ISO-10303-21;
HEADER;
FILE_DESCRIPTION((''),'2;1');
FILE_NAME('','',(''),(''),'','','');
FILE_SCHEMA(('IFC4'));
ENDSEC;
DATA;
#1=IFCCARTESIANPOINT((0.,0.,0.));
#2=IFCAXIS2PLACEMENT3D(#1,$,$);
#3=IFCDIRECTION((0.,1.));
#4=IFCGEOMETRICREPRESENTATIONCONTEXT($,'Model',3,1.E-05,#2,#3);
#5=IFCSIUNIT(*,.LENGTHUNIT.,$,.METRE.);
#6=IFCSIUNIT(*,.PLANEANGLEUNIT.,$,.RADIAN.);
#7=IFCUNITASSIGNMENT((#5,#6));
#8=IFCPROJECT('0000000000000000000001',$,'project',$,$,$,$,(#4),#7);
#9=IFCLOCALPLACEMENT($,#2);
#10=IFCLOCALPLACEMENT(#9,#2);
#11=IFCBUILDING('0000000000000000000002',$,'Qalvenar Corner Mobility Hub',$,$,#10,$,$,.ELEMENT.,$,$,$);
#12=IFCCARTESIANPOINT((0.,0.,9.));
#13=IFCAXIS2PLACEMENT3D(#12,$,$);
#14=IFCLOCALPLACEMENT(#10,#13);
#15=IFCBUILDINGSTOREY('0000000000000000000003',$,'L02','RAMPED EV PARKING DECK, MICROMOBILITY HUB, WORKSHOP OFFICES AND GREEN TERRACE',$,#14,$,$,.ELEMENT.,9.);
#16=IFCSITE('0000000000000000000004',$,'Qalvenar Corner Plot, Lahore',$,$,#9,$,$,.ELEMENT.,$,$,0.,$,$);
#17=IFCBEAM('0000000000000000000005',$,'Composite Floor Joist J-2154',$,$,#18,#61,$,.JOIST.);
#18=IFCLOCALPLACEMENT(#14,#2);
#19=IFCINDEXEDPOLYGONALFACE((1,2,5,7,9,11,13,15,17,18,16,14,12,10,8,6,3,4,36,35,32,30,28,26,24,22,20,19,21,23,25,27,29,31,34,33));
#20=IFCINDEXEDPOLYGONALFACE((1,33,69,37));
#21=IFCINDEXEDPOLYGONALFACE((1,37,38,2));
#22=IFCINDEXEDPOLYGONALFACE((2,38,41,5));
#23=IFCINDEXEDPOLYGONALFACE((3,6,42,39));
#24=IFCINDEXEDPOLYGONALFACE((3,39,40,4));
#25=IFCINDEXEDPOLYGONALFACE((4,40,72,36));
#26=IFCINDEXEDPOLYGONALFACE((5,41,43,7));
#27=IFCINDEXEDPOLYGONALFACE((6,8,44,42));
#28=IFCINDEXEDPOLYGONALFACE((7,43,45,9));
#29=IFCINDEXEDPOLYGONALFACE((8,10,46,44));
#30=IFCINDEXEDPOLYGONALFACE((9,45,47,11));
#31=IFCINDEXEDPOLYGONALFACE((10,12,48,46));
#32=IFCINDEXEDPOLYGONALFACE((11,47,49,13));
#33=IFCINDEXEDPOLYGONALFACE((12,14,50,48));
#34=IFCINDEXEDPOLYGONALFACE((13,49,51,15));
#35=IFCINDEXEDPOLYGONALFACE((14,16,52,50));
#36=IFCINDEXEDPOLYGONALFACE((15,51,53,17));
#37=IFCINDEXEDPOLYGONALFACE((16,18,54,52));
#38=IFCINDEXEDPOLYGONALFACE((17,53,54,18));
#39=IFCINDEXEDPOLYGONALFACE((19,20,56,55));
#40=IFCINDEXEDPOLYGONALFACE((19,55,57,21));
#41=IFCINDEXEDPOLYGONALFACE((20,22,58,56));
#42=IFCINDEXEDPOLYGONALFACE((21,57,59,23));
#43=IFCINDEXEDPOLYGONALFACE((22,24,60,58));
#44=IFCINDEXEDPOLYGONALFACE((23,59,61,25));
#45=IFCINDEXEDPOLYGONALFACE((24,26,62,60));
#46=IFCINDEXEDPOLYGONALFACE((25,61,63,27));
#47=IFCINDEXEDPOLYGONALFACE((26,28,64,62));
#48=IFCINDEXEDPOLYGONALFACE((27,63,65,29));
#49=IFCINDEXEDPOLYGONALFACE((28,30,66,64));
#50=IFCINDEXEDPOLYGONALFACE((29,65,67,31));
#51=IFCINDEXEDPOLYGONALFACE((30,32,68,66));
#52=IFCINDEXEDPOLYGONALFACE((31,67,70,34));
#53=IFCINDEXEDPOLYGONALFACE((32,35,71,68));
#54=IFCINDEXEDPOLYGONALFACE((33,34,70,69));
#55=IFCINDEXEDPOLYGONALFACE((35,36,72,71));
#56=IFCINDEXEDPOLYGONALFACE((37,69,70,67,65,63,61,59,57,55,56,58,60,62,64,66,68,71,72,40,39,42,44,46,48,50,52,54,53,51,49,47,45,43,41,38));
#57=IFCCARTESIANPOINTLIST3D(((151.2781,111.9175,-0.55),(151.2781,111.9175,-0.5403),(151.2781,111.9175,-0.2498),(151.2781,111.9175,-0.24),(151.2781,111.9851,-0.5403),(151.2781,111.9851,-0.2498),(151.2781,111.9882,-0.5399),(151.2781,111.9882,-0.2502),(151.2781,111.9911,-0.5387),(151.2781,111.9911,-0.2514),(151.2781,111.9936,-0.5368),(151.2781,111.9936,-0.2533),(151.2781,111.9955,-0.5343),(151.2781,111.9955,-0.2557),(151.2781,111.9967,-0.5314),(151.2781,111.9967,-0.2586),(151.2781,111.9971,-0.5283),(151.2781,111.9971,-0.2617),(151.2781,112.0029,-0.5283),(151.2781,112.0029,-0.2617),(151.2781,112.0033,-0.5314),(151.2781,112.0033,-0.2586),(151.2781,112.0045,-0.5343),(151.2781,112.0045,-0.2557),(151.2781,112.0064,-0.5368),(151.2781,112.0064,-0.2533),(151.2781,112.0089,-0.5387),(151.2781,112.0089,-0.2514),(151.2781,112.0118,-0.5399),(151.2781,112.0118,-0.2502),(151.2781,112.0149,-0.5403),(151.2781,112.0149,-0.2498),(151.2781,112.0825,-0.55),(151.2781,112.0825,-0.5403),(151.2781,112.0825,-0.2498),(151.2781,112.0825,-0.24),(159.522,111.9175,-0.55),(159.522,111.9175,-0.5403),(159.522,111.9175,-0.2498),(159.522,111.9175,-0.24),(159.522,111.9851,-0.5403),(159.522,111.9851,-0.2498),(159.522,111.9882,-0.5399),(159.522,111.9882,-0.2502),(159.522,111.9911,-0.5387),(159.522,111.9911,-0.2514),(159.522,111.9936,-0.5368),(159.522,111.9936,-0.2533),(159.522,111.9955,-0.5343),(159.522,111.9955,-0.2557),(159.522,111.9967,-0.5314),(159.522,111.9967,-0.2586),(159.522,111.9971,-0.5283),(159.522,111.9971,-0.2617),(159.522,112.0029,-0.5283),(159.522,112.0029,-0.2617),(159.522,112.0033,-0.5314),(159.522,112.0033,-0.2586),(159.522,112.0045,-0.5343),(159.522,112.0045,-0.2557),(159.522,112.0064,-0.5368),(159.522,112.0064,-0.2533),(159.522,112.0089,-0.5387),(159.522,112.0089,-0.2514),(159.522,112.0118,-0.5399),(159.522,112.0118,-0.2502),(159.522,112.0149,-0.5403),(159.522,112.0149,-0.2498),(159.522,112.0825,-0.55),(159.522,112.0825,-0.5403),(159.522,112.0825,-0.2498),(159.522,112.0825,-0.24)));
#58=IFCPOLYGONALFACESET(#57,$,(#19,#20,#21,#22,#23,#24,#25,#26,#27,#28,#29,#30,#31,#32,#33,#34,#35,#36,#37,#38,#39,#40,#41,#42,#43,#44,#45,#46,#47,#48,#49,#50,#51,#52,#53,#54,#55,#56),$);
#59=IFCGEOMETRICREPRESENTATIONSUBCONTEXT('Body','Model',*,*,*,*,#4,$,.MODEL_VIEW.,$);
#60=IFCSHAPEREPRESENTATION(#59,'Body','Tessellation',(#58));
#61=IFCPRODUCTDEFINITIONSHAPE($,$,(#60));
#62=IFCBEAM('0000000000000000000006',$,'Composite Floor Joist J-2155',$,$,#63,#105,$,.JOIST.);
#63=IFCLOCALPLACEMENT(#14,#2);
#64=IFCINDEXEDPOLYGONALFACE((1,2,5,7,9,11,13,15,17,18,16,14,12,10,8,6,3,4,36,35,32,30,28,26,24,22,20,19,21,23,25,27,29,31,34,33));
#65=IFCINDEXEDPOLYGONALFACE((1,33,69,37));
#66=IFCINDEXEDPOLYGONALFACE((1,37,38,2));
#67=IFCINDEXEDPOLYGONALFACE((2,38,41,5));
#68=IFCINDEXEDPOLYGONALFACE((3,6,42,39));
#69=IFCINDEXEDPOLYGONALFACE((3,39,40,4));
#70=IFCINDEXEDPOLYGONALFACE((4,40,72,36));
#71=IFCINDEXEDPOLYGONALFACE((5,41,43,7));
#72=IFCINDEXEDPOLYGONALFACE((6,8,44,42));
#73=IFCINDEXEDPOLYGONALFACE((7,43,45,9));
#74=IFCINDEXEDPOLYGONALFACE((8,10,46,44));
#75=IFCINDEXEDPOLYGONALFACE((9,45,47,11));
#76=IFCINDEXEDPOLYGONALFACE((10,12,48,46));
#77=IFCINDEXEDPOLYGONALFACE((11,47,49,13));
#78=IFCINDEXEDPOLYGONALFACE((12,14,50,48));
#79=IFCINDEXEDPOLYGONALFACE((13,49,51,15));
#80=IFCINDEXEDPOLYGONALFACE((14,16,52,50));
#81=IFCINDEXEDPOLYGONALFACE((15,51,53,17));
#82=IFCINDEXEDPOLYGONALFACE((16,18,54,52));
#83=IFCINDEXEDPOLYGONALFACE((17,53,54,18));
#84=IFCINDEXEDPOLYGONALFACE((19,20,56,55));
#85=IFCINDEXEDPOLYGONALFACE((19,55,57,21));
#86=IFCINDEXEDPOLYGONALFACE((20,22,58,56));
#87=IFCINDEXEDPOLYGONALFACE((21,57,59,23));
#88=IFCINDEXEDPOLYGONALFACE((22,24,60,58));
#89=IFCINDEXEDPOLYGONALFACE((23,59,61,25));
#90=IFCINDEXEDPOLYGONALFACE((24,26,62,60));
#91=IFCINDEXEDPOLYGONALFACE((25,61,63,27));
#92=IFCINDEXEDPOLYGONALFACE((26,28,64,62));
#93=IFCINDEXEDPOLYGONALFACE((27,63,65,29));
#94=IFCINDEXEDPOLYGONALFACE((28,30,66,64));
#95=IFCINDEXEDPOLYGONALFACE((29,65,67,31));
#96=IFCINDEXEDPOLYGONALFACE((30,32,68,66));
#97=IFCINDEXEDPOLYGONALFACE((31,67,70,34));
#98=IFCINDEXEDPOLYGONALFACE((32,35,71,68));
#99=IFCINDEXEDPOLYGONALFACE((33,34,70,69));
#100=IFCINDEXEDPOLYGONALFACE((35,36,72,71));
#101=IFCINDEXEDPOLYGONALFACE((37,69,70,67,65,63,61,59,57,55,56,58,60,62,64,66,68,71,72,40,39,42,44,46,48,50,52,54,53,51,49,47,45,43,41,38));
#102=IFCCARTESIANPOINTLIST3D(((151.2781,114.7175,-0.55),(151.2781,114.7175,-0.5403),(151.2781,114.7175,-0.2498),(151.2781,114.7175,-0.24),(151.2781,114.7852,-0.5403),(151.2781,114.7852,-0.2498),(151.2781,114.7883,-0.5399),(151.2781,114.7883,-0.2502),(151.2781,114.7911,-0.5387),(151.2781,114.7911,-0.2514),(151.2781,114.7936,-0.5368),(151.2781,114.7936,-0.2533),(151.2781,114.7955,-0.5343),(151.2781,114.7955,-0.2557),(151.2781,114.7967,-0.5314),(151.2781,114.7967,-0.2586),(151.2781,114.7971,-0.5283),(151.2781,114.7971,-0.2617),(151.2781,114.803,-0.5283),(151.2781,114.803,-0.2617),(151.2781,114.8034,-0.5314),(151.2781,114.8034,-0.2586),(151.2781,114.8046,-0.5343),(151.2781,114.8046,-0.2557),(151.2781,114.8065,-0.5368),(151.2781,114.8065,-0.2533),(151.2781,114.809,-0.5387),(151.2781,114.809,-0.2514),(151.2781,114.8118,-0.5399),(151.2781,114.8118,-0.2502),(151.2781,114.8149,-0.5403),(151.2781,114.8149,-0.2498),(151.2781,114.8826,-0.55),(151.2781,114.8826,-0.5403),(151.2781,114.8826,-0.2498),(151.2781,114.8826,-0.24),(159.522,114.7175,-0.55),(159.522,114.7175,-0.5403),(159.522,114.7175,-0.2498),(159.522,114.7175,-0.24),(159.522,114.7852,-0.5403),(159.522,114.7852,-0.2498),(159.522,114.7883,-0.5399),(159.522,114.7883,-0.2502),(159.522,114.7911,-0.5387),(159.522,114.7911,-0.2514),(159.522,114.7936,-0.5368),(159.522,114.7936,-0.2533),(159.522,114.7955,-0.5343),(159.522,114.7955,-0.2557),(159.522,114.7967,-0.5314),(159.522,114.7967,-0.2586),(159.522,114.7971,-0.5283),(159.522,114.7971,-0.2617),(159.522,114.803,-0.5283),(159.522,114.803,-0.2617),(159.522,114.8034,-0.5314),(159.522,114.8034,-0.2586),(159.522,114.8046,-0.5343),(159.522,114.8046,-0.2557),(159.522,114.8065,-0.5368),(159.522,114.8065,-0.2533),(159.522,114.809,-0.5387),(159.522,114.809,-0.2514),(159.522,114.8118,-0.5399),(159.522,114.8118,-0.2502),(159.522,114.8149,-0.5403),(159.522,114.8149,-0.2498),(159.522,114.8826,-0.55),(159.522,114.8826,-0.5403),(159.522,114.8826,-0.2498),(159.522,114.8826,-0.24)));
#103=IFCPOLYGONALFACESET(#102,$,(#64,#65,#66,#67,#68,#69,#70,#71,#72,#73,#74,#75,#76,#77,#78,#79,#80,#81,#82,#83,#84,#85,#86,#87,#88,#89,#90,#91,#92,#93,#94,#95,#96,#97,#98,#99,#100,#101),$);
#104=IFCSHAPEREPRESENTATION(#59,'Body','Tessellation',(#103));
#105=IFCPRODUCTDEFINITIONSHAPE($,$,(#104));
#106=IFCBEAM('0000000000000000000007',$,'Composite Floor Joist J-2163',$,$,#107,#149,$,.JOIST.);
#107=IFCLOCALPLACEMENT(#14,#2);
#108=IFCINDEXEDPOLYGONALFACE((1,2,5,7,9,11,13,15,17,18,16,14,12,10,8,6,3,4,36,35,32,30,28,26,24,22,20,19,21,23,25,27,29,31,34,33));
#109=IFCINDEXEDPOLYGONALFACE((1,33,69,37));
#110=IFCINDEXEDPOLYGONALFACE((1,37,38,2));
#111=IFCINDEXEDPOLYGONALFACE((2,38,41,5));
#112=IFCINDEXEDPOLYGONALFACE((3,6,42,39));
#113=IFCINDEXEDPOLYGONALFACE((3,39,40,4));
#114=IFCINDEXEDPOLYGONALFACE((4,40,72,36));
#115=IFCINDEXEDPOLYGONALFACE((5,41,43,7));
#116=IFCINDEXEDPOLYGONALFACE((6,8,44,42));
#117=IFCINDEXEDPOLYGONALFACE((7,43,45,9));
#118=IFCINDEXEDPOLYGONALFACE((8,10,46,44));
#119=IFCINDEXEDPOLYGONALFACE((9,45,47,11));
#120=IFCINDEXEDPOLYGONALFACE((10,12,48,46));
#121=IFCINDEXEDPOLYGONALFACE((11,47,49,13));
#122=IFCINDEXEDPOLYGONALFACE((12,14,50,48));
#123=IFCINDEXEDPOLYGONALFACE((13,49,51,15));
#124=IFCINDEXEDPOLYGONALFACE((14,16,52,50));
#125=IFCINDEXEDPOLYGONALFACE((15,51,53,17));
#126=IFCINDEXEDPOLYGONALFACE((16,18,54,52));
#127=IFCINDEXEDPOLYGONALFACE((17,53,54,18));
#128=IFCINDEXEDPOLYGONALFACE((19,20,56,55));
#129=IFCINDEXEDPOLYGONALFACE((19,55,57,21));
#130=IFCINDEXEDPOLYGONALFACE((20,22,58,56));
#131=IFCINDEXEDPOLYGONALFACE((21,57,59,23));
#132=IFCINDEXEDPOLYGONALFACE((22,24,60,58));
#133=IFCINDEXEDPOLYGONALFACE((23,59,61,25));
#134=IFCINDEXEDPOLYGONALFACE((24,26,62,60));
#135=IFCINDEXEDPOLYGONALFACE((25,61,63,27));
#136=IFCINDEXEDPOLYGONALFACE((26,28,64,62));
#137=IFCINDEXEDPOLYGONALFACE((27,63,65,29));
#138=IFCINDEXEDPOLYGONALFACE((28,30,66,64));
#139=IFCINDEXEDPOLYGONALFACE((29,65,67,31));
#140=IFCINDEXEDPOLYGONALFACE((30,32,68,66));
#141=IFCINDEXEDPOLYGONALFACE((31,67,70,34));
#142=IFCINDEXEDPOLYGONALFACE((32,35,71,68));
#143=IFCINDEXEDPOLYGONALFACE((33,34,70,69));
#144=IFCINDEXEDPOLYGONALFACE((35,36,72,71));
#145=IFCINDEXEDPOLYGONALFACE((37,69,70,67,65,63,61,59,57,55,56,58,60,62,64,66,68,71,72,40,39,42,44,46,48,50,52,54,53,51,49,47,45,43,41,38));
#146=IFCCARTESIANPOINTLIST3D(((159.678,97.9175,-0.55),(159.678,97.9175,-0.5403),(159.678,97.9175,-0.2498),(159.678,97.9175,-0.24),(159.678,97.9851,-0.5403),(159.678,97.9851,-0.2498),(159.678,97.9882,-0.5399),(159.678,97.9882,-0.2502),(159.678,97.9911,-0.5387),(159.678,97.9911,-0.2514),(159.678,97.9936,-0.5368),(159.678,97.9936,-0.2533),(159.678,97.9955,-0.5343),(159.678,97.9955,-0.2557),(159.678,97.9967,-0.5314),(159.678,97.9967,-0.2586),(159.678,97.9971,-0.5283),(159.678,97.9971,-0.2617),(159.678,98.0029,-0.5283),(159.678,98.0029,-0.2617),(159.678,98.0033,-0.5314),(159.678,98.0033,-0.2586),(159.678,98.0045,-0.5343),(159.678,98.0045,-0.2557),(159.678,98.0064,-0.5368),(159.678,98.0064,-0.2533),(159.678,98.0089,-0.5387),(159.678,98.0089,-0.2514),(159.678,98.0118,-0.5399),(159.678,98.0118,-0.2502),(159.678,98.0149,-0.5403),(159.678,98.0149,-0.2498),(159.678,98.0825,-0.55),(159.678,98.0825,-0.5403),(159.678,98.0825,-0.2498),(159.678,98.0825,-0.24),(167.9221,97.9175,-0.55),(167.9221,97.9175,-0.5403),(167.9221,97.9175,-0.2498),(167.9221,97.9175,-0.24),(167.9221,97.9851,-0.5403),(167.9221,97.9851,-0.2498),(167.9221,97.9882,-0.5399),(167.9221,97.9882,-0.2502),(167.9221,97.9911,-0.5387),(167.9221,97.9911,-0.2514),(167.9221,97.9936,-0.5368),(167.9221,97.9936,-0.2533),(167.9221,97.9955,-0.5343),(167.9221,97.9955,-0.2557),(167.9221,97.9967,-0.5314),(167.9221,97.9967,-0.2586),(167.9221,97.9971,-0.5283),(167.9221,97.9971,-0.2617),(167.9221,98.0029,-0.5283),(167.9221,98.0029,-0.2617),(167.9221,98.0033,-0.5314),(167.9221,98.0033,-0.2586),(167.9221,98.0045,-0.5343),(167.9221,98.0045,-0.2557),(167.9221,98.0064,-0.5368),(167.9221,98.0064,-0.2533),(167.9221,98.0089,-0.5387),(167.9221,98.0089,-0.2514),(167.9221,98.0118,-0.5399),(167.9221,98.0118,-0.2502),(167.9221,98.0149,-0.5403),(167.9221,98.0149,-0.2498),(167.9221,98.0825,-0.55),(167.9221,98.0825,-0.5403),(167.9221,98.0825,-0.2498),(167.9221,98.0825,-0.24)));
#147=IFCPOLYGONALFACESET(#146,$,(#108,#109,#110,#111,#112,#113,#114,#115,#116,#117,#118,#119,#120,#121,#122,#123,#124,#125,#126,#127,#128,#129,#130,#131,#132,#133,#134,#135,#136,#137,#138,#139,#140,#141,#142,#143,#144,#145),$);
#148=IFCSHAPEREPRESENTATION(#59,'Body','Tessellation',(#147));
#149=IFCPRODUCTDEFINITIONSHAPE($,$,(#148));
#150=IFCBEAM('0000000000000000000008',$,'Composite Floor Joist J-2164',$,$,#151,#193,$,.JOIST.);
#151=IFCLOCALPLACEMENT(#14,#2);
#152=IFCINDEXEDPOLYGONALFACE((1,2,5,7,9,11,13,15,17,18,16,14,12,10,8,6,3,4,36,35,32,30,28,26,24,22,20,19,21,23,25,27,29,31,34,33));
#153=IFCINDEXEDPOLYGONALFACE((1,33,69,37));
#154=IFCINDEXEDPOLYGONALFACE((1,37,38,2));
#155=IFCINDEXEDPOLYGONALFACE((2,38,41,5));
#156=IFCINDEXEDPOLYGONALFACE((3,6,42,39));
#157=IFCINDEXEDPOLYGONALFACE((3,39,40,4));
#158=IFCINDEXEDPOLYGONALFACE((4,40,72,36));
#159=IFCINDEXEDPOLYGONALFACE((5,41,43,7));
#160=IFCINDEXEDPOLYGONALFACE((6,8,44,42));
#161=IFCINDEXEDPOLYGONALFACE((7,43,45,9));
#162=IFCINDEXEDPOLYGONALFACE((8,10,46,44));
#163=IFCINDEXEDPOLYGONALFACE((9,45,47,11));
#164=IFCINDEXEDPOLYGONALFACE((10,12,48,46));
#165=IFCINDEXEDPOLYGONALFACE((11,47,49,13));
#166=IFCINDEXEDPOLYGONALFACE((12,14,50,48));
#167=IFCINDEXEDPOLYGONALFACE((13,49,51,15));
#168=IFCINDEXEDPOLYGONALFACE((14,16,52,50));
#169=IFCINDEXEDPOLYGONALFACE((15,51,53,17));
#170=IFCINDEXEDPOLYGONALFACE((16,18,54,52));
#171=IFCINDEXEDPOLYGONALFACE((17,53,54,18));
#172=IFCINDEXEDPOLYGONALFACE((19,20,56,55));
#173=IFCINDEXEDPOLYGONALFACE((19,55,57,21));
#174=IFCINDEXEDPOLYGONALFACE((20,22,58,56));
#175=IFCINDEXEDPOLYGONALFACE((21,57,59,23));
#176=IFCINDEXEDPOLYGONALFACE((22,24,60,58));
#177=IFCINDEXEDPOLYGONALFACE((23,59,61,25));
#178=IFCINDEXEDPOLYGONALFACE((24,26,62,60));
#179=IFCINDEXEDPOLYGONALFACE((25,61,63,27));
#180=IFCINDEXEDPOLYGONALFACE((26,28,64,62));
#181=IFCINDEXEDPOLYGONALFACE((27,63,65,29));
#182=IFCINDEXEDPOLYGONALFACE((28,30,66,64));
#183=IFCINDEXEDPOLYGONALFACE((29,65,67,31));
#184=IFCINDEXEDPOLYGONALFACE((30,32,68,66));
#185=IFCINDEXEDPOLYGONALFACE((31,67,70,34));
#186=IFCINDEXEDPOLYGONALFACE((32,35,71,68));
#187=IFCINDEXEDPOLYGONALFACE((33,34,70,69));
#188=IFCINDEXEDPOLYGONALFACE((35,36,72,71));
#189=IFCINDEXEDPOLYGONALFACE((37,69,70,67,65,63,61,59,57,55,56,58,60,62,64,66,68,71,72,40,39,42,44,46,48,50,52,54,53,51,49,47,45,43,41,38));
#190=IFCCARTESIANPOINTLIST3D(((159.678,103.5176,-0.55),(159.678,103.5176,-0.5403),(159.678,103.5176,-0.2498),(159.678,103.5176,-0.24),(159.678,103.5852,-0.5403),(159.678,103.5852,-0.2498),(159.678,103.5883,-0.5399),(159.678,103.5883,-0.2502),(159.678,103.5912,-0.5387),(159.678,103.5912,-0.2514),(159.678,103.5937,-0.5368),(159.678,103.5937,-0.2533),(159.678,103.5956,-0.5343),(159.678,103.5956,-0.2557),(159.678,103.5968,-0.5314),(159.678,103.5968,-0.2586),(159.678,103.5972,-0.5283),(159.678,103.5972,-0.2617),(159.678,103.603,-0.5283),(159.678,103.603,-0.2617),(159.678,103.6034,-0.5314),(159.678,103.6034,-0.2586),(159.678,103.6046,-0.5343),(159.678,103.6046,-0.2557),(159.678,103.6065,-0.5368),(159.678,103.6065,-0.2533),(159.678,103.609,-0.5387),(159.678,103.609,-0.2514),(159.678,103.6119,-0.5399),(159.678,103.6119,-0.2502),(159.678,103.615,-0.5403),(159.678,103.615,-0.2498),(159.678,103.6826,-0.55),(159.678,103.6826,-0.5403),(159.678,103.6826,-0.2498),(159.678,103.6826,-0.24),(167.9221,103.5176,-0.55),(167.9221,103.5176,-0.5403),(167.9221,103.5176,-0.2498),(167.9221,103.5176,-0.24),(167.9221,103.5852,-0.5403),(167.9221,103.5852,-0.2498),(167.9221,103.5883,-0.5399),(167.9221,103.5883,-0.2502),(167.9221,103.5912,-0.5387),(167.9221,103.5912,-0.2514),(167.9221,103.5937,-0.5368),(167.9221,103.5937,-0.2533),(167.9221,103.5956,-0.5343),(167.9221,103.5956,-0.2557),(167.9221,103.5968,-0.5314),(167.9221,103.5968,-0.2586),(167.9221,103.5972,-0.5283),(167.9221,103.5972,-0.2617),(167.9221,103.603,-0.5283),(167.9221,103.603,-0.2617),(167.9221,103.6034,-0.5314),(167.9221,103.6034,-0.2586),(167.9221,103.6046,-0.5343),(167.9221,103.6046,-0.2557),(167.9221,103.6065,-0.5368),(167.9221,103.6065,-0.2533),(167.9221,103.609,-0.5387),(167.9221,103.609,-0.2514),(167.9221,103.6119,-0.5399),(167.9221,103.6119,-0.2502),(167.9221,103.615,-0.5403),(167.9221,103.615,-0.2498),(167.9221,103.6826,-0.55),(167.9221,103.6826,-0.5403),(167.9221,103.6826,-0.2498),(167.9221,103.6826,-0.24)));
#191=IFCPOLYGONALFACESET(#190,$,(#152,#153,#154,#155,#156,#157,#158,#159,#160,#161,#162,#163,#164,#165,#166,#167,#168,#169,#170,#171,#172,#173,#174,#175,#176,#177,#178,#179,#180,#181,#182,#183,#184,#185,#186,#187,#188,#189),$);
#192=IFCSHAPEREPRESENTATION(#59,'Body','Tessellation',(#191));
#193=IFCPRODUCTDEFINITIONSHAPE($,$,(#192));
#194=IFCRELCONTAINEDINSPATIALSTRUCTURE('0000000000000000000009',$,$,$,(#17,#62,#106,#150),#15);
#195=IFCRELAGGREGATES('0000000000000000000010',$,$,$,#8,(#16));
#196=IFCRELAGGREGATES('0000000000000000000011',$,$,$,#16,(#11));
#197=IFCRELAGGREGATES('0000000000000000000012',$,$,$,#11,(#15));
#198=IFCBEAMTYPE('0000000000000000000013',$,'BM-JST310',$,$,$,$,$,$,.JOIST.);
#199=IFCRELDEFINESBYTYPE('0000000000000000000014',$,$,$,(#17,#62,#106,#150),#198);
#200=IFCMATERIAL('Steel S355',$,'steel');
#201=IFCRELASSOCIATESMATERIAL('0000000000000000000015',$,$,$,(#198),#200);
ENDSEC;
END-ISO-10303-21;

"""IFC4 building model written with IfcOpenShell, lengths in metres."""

from ifc_helpers import new_model, si_unit, direction, frame, origin, origin_2d, place, context, subcontext, project, spatial, i_section, extrude, material, material_profile, profile_set, type_object, element, save


model = new_model("IFC4")

# Units and contexts
model_context = context("Model", 3, precision=1e-05, world=origin(), true_north=direction((0.0, 1.0)))
body_context = subcontext(model_context, "Body", "Model", "MODEL_VIEW")
ifc_project = project(units=[si_unit("LENGTHUNIT", "METRE"), si_unit("PLANEANGLEUNIT", "RADIAN")], contexts=[model_context])

# Site, building, storey
site_placement = place(None, origin())
site = spatial("IfcSite", under=ifc_project, at=site_placement, Name="Qalvenar Corner Plot, Lahore", CompositionType="ELEMENT", RefElevation=0.0)
building_placement = place(site_placement, origin())
building = spatial("IfcBuilding", under=site, at=building_placement, Name="Qalvenar Corner Mobility Hub", CompositionType="ELEMENT")
storey_placement = place(building_placement, frame((0.0, 0.0, 9.0)))
storey = spatial("IfcBuildingStorey", under=building, at=storey_placement, Name="L02", Description="RAMPED EV PARKING DECK, MICROMOBILITY HUB, WORKSHOP OFFICES AND GREEN TERRACE", CompositionType="ELEMENT", Elevation=9.0)

# Shared definitions
ifc_material_1 = material(Name="Steel S355", Category="steel")

# Beams
ifc_material_profile_1 = material_profile(ifc_material_1, i_section(OverallWidth=0.165, OverallDepth=0.3101, WebThickness=0.0059, FlangeThickness=0.0098, FilletRadius=0.012, at=origin_2d()), Name="W310x38.7")
ifc_profile_set_1 = profile_set([ifc_material_profile_1], Name="Steel S355")
beam_type_1 = type_object("IfcBeamType", Name="BM-JST310", PredefinedType="JOIST", material=ifc_profile_set_1)
for number, where, z_axis, x_axis, name in (
    (1, (151.2781, 112.0, -0.395), (1.0, 0.0, 0.0), (0.0, 1.0, 0.0), "Composite Floor Joist J-2154"),
    (2, (151.2781, 114.8, -0.395), (1.0, 0.0, 0.0), (0.0, 1.0, 0.0), "Composite Floor Joist J-2155"),
):
    element("IfcBeam", number, at=place(storey_placement, frame(where, z_axis=z_axis, x_axis=x_axis)), inside=storey, type_object=beam_type_1, Name=name, PredefinedType="JOIST", context=body_context, shape_type="SweptSolid", body=[
        extrude(i_section(OverallWidth=0.165, OverallDepth=0.3101, WebThickness=0.0059, FlangeThickness=0.0098, FilletRadius=0.012, at=origin_2d()), origin(), (0.0, 0.0, 1.0), 8.2439),
    ])
for number, where, z_axis, x_axis, name in (
    (3, (159.678, 98.0, -0.395), (1.0, 0.0, 0.0), (0.0, 1.0, 0.0), "Composite Floor Joist J-2163"),
    (4, (159.678, 103.6001, -0.395), (1.0, 0.0, 0.0), (0.0, 1.0, 0.0), "Composite Floor Joist J-2164"),
):
    element("IfcBeam", number, at=place(storey_placement, frame(where, z_axis=z_axis, x_axis=x_axis)), inside=storey, type_object=beam_type_1, Name=name, PredefinedType="JOIST", context=body_context, shape_type="SweptSolid", body=[
        extrude(i_section(OverallWidth=0.165, OverallDepth=0.3101, WebThickness=0.0059, FlangeThickness=0.0098, FilletRadius=0.012, at=origin_2d()), origin(), (0.0, 0.0, 1.0), 8.2441),
    ])

save(model, "model.ifc")
